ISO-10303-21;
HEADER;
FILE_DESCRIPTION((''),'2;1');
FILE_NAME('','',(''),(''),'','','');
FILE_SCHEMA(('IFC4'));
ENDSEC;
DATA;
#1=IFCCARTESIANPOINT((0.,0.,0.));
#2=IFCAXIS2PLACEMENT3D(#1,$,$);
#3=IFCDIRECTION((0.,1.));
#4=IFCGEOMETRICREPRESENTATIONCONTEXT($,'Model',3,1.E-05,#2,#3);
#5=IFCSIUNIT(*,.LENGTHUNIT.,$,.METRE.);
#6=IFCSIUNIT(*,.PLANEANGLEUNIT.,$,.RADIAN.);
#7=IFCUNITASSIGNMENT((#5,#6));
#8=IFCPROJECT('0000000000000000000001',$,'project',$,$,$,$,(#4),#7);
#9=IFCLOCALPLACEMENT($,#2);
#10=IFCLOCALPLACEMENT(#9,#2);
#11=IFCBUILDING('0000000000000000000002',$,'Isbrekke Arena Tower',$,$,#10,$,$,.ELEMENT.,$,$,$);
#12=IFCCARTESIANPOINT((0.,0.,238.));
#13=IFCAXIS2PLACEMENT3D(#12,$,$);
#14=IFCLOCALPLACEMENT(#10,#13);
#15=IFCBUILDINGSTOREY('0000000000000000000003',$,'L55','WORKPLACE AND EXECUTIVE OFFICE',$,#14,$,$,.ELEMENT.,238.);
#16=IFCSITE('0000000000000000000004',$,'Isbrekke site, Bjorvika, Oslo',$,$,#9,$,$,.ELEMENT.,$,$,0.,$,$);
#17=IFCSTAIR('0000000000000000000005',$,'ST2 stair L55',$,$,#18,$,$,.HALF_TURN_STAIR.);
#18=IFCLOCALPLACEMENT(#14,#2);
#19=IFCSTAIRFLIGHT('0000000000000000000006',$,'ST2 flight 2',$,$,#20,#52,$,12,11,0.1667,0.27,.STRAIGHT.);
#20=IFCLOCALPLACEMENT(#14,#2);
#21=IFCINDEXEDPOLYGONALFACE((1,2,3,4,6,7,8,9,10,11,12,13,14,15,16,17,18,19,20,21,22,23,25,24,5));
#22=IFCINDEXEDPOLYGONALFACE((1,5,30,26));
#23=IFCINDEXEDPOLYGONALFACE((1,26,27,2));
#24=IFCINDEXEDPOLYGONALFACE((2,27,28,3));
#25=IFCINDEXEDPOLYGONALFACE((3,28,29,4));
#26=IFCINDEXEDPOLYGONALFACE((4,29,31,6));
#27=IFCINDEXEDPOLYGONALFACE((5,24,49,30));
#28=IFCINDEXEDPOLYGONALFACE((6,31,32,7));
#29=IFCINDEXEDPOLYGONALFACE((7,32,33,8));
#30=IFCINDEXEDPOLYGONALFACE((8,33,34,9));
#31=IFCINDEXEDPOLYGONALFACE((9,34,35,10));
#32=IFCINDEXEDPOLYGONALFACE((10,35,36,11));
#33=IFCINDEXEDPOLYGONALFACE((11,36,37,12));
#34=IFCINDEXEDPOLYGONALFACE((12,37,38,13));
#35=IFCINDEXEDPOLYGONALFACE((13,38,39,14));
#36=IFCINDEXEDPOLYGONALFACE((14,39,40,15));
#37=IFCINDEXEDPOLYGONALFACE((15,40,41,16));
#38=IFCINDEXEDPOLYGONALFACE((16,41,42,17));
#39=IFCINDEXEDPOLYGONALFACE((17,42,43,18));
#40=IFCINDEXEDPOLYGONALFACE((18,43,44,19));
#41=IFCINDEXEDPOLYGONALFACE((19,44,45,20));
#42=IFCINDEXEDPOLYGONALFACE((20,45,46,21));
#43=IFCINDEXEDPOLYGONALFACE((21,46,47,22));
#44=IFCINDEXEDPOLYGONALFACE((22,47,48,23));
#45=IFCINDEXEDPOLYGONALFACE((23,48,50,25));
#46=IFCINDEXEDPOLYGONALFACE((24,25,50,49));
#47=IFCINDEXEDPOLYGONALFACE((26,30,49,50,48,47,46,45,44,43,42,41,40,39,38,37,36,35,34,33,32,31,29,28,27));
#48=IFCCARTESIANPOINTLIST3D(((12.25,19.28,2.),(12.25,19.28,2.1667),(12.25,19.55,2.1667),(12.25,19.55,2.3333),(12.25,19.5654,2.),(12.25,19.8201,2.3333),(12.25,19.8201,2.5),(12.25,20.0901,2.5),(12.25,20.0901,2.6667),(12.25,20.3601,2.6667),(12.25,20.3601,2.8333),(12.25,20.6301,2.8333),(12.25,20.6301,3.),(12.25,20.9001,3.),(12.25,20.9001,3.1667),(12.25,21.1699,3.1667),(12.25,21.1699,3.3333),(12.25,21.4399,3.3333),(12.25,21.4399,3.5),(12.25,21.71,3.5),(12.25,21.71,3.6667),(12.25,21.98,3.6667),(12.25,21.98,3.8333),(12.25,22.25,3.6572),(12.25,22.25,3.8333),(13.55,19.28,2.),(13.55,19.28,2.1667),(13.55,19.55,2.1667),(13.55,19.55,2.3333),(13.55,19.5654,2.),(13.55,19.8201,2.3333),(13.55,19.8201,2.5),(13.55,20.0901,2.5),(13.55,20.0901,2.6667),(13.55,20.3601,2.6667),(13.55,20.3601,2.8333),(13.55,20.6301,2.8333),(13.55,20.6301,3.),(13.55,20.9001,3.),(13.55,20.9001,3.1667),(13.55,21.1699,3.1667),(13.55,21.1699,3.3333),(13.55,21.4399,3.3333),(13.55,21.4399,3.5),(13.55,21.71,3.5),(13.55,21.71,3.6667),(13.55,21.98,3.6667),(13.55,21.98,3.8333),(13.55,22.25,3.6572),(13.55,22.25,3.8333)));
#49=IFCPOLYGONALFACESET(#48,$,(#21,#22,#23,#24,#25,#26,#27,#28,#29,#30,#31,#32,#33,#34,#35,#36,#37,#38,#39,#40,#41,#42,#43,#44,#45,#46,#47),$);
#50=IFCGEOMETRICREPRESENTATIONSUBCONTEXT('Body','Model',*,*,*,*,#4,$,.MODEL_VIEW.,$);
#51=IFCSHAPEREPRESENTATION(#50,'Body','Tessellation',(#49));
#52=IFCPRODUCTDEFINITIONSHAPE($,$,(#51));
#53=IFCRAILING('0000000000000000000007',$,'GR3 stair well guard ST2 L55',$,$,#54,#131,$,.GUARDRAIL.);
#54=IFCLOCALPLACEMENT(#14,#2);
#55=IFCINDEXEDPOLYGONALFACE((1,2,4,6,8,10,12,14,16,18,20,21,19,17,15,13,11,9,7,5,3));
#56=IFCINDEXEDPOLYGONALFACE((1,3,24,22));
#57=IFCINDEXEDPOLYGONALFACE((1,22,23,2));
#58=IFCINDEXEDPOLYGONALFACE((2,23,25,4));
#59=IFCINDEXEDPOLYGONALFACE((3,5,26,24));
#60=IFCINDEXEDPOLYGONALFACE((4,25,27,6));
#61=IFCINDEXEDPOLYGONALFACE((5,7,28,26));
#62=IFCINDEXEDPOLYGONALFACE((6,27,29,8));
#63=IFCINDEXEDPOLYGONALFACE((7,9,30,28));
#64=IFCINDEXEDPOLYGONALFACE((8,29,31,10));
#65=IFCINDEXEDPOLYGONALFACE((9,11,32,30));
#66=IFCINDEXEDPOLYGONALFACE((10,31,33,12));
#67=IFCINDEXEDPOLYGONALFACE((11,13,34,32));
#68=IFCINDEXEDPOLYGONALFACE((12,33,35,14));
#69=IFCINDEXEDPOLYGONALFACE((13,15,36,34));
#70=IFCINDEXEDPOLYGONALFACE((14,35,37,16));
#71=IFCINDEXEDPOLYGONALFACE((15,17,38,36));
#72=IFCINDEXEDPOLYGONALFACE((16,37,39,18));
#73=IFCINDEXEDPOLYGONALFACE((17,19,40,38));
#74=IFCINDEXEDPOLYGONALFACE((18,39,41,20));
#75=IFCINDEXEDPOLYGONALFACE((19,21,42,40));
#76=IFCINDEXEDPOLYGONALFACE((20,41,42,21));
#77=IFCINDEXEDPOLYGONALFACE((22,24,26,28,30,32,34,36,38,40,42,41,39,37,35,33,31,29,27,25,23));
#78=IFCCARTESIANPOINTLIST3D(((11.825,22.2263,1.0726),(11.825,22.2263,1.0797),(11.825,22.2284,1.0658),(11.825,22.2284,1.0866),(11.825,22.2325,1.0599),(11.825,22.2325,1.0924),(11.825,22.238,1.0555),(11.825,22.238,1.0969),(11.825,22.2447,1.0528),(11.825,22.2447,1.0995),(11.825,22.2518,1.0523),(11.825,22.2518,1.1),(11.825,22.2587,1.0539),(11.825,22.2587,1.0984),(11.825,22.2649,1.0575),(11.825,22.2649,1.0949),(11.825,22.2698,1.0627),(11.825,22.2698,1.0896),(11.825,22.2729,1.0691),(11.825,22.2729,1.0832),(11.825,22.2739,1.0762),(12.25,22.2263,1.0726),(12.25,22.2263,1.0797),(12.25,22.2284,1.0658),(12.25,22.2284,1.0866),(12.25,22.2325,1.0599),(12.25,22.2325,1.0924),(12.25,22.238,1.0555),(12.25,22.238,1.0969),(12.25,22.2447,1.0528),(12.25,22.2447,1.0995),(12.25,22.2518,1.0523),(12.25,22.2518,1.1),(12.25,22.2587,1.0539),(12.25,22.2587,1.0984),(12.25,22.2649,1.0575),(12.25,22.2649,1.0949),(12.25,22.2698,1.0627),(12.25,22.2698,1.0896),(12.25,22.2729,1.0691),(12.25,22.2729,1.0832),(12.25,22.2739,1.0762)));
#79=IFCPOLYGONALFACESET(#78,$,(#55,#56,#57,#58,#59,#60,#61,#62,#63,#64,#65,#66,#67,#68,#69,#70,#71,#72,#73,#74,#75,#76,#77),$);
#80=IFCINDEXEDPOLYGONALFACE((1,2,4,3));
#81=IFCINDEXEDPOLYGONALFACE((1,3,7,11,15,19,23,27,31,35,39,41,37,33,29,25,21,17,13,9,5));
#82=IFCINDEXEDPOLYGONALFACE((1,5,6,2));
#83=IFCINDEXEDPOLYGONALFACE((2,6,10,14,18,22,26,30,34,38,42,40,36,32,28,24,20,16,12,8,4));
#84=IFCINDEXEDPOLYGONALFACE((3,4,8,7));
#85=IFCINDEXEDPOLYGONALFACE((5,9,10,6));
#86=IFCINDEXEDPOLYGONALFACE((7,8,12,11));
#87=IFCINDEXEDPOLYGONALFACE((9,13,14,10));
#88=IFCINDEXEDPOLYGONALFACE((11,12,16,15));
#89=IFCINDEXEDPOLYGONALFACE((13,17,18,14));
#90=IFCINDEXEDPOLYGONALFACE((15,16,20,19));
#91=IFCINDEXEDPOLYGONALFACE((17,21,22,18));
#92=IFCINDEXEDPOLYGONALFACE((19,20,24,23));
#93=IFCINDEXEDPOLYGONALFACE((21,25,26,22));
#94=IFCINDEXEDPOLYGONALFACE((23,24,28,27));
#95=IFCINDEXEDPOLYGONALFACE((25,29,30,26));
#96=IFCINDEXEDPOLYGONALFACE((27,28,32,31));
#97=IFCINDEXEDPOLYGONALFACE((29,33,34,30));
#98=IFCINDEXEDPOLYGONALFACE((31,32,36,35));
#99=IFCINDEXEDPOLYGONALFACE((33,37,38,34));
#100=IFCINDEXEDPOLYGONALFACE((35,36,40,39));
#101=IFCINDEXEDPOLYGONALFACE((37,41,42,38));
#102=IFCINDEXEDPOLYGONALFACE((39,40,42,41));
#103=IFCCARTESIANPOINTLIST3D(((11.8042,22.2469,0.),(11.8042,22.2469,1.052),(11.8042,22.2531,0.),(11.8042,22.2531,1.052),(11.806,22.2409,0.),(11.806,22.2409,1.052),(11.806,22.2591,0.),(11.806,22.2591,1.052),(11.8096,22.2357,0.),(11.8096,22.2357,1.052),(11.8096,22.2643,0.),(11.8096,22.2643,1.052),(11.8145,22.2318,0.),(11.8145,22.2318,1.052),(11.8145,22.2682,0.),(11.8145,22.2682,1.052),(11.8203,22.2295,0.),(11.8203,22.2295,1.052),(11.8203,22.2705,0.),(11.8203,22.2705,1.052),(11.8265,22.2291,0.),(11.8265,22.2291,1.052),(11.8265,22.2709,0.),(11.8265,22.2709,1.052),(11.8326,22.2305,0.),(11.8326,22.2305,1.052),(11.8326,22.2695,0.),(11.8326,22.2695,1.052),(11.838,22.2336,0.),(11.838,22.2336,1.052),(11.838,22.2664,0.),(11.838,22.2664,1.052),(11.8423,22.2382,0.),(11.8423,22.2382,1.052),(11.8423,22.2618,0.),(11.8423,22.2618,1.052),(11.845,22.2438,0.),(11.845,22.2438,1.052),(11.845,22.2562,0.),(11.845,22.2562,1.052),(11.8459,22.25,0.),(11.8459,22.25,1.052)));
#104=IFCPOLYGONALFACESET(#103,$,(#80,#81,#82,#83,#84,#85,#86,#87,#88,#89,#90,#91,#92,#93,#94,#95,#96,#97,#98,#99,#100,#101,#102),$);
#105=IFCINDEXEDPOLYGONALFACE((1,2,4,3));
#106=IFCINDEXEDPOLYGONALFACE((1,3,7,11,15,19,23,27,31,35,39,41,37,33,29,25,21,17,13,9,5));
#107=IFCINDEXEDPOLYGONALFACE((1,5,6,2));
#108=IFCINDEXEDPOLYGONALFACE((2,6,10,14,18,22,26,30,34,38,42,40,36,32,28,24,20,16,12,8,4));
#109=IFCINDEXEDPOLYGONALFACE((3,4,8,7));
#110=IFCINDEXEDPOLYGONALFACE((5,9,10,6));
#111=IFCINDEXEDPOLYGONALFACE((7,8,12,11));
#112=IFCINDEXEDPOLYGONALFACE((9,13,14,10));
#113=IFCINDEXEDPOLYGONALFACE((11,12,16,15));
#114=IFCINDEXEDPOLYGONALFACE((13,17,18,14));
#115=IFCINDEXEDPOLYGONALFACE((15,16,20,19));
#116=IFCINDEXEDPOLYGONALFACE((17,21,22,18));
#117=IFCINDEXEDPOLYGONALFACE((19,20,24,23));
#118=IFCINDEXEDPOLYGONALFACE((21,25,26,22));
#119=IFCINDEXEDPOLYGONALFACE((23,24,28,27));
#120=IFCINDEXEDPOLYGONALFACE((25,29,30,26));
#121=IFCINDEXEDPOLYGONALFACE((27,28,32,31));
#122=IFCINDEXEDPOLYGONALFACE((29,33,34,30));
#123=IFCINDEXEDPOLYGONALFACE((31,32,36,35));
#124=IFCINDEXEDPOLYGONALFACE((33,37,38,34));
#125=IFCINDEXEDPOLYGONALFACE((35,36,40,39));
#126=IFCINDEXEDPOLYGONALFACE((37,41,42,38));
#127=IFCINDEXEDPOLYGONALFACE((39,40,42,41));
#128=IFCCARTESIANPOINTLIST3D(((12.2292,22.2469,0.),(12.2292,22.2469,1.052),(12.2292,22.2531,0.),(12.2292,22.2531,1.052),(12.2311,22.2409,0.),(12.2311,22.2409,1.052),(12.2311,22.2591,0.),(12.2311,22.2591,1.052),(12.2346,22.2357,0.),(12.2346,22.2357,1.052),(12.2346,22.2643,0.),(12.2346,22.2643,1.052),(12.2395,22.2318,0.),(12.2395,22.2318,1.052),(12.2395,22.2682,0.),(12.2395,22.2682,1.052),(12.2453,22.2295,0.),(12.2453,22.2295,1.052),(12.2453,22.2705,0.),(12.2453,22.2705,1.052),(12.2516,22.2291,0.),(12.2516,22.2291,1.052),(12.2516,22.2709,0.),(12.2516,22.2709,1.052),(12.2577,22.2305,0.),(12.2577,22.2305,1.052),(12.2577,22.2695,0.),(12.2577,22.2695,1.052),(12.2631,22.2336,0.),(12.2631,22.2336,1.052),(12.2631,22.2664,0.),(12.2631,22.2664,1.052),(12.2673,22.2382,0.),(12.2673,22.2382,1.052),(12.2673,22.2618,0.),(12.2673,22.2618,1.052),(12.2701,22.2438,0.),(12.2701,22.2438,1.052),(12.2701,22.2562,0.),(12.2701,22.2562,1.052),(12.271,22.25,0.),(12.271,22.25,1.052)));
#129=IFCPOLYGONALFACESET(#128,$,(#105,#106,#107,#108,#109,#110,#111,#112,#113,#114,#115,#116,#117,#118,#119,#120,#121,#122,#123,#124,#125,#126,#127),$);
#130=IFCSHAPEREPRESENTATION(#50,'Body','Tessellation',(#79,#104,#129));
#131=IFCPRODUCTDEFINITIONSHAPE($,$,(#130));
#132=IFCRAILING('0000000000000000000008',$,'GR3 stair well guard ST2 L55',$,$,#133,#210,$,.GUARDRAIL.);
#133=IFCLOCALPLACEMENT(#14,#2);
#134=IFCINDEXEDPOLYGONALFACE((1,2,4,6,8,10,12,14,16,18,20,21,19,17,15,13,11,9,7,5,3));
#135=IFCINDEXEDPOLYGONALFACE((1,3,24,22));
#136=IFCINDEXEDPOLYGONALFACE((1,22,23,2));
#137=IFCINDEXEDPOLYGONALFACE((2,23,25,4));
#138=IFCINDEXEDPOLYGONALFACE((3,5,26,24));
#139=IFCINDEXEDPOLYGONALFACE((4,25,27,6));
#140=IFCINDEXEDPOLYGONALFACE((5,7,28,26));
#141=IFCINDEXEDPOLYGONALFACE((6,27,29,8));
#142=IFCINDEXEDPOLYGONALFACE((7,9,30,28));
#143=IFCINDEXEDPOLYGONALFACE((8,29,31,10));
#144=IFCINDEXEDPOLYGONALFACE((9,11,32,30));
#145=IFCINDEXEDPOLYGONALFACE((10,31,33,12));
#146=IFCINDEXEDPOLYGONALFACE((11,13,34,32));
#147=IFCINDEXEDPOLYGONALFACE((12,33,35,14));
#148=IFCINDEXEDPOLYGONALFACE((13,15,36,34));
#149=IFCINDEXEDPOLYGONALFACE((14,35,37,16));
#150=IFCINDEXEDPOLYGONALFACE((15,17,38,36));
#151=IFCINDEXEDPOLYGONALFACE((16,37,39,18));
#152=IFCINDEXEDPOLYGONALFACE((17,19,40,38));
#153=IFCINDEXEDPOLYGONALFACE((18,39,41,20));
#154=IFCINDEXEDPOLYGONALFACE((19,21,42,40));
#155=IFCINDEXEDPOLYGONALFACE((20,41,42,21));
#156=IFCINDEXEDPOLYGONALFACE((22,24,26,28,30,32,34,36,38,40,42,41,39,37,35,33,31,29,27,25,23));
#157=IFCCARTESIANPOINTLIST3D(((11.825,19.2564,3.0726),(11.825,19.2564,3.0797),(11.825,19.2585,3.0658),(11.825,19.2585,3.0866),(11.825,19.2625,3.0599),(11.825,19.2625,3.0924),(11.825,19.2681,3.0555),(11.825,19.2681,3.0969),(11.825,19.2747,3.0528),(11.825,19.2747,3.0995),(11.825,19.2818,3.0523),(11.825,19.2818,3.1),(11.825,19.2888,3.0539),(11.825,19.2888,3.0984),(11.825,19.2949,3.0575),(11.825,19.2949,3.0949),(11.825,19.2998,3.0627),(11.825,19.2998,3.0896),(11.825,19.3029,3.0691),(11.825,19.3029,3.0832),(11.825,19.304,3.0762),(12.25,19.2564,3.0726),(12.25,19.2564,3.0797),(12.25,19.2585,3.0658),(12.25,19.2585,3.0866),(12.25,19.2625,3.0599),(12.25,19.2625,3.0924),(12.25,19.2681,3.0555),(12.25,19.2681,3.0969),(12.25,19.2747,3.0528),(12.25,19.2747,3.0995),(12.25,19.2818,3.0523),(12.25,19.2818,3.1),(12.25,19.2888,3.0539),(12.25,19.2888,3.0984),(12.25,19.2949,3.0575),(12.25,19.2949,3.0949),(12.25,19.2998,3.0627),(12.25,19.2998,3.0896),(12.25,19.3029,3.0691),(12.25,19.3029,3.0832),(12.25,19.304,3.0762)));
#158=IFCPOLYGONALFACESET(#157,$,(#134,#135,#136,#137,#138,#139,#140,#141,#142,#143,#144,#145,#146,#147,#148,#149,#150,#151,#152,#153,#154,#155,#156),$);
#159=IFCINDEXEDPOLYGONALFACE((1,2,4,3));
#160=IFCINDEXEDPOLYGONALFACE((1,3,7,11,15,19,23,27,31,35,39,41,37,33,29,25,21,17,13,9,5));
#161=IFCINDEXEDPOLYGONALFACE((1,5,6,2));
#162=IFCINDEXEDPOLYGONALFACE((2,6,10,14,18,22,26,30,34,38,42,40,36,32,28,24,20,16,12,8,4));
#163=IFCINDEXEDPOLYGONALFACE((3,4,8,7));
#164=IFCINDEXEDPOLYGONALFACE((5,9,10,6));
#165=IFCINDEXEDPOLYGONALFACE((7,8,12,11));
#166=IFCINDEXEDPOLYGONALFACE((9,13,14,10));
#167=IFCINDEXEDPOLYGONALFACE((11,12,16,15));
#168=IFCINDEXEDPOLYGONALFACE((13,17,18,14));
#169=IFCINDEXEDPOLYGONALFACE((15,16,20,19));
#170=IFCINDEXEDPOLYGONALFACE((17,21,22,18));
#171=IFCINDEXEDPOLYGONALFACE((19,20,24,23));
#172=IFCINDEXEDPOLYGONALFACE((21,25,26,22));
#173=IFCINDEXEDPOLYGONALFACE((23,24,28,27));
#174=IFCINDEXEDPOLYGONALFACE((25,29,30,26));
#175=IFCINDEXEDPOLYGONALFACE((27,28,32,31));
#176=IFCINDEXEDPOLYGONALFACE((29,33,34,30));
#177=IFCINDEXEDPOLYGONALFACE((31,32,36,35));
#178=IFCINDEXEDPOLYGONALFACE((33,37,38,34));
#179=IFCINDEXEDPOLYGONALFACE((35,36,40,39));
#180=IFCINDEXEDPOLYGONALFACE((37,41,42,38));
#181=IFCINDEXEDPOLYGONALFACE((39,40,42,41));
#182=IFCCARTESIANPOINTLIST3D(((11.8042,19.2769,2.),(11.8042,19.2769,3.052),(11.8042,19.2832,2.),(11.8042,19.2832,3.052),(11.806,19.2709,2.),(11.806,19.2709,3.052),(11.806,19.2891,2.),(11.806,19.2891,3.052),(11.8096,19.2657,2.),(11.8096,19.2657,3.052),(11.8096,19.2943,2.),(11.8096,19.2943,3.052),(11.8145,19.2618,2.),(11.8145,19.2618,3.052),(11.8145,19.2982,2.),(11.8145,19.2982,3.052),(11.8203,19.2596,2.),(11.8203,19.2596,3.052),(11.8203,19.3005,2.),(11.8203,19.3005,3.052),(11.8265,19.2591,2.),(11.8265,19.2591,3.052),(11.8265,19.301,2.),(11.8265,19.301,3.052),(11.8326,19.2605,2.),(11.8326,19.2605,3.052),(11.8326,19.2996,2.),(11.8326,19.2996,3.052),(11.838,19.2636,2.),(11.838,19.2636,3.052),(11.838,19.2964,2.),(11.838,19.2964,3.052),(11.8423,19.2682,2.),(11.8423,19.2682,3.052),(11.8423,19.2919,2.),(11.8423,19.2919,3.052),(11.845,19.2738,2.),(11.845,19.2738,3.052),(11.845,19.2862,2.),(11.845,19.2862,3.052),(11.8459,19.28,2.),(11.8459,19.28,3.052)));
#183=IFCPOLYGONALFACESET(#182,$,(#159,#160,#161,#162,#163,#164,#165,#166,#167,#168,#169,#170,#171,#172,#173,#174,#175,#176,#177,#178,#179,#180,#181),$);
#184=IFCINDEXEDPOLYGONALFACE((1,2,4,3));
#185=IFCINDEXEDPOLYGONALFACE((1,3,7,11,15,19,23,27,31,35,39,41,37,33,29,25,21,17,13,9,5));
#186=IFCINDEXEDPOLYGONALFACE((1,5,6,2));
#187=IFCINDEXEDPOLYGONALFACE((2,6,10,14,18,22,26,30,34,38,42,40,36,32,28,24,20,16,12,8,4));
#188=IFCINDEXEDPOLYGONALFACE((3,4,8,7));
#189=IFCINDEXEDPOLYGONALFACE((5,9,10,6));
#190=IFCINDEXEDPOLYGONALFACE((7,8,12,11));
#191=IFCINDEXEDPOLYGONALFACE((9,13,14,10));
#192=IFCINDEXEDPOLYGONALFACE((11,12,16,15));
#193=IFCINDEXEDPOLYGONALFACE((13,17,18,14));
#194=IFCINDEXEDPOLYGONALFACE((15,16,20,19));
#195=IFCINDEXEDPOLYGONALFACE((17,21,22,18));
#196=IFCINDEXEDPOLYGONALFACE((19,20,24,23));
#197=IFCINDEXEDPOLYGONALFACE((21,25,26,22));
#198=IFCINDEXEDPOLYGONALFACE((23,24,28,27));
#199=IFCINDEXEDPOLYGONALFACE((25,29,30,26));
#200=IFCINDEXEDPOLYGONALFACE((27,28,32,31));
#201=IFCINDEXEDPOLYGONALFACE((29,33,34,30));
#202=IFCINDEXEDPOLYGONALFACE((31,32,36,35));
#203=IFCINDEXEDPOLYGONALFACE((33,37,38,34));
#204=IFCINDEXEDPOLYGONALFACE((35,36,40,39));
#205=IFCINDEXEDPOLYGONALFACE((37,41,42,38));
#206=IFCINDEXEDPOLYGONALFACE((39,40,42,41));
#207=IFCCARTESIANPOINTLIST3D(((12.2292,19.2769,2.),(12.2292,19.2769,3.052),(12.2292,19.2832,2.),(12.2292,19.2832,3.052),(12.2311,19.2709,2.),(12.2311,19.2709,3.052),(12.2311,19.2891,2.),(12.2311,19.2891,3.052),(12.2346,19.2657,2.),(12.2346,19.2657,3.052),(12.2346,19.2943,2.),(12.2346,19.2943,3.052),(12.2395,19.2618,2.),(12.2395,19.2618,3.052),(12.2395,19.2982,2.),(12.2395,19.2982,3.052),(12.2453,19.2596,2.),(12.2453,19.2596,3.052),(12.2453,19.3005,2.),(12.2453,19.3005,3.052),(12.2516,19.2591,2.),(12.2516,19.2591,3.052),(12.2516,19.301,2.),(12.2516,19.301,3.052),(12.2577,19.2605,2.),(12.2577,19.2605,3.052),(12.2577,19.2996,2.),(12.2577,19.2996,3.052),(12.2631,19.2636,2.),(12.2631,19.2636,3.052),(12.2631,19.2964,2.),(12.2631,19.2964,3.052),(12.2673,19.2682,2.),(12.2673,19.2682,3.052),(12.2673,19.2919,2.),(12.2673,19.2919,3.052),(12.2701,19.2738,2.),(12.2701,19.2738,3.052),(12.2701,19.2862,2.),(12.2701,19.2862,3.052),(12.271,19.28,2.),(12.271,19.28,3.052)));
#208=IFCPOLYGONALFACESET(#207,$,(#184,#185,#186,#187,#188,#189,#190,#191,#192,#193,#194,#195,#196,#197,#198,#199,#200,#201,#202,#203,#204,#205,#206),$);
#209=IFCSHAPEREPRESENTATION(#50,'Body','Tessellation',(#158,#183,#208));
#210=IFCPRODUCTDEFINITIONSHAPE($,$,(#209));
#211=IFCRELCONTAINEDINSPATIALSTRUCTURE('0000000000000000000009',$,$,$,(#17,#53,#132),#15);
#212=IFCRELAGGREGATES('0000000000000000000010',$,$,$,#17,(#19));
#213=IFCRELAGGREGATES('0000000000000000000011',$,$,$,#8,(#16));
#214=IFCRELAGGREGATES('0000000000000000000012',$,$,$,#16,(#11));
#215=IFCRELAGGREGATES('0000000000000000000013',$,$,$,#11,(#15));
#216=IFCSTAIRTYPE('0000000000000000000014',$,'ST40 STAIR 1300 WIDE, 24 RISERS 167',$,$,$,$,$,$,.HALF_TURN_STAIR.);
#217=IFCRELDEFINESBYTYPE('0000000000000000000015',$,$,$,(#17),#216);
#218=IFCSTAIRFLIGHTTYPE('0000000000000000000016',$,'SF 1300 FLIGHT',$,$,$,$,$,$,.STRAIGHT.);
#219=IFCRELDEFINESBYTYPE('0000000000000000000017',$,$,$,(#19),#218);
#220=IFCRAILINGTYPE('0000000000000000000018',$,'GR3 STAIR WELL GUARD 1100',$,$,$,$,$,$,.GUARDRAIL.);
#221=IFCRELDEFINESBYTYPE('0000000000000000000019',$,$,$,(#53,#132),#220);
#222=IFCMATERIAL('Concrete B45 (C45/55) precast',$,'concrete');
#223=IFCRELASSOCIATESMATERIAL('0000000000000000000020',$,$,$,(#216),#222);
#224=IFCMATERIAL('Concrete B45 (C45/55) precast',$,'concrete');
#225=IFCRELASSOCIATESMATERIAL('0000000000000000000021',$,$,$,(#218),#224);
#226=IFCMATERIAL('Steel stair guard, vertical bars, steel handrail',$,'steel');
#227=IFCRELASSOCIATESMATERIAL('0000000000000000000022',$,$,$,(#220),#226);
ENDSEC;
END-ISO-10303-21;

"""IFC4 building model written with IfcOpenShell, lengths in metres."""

from ifc_helpers import new_model, si_unit, direction, frame, origin, origin_2d, place, context, subcontext, project, spatial, polyline, circle, outline, extrude, material, type_object, element, aggregate, save


model = new_model("IFC4")

# Units and contexts
model_context = context("Model", 3, precision=1e-05, world=origin(), true_north=direction((0.0, 1.0)))
body_context = subcontext(model_context, "Body", "Model", "MODEL_VIEW")
ifc_project = project(units=[si_unit("LENGTHUNIT", "METRE"), si_unit("PLANEANGLEUNIT", "RADIAN")], contexts=[model_context])

# Site, building, storey
site_placement = place(None, origin())
site = spatial("IfcSite", under=ifc_project, at=site_placement, Name="Isbrekke site, Bjorvika, Oslo", CompositionType="ELEMENT", RefElevation=0.0)
building_placement = place(site_placement, origin())
building = spatial("IfcBuilding", under=site, at=building_placement, Name="Isbrekke Arena Tower", CompositionType="ELEMENT")
storey_placement = place(building_placement, frame((0.0, 0.0, 238.0)))
storey = spatial("IfcBuildingStorey", under=building, at=storey_placement, Name="L55", Description="WORKPLACE AND EXECUTIVE OFFICE", CompositionType="ELEMENT", Elevation=238.0)

# Stair, stair flight
ifc_material_1 = material(Name="Concrete B45 (C45/55) precast", Category="concrete")
stair_type = type_object("IfcStairType", Name="ST40 STAIR 1300 WIDE, 24 RISERS 167", PredefinedType="HALF_TURN_STAIR", material=ifc_material_1)
stair_placement = place(storey_placement, origin())
stair = element("IfcStair", 1, at=stair_placement, inside=storey, type_object=stair_type, Name="ST2 stair L55", PredefinedType="HALF_TURN_STAIR")
ifc_material_2 = material(Name="Concrete B45 (C45/55) precast", Category="concrete")
stair_flight_type = type_object("IfcStairFlightType", Name="SF 1300 FLIGHT", PredefinedType="STRAIGHT", material=ifc_material_2)
stair_flight_1_placement = place(storey_placement, frame((12.8999, 19.28, 2.0), z_axis=(0.0, 0.0, 1.0), x_axis=(0.0, 1.0, 0.0)))
stair_flight_1 = element("IfcStairFlight", 2, at=stair_flight_1_placement, type_object=stair_flight_type, Name="ST2 flight 2", NumberOfRisers=12, NumberOfTreads=11, PredefinedType="STRAIGHT", RiserHeight=0.1667, TreadLength=0.27, context=body_context, shape_type="SweptSolid", body=[
    extrude(outline(polyline([(0.0, 0.0), (0.0, 0.1667), (0.27, 0.1667), (0.27, 0.3333), (0.54, 0.3333), (0.54, 0.5), (0.8101, 0.5), (0.8101, 0.6667), (1.0801, 0.6667), (1.0801, 0.8333), (1.3501, 0.8333), (1.3501, 1.0), (1.6201, 1.0), (1.6201, 1.1667), (1.8899, 1.1667), (1.8899, 1.3333), (2.1599, 1.3333), (2.1599, 1.5), (2.4299, 1.5), (2.4299, 1.6667), (2.7, 1.6667), (2.7, 1.8333), (2.97, 1.8333), (2.97, 2.0), (2.97, 1.6572), (0.2854, 0.0), (0.0, 0.0)])), frame((0.0, 0.6499, 0.0), z_axis=(0.0, -1.0, 0.0), x_axis=(1.0, 0.0, 0.0)), (0.0, 0.0, 1.0), 1.3),
])
aggregate(stair, [stair_flight_1])

# Railings
ifc_material_3 = material(Name="Steel stair guard, vertical bars, steel handrail", Category="steel")
railing_type = type_object("IfcRailingType", Name="GR3 STAIR WELL GUARD 1100", PredefinedType="GUARDRAIL", material=ifc_material_3)
for number, where, name in (
    (3, (11.825, 22.25, 0.0), "GR3 stair well guard ST2 L55"),
    (4, (11.825, 19.28, 2.0), "GR3 stair well guard ST2 L55"),
):
    element("IfcRailing", number, at=place(storey_placement, frame(where)), inside=storey, type_object=railing_type, Name=name, PredefinedType="GUARDRAIL", context=body_context, shape_type="SweptSolid", body=[
        extrude(circle(Radius=0.0239, at=origin_2d()), frame((0.0, 0.0, 1.0762), z_axis=(1.0, 0.0, 0.0), x_axis=(0.0, 1.0, 0.0)), (0.0, 0.0, 1.0), 0.425),
        extrude(circle(Radius=0.021, at=origin_2d()), origin(), (0.0, 0.0, 1.0), 1.052),
        extrude(circle(Radius=0.021, at=origin_2d()), frame((0.425, 0.0, 0.0)), (0.0, 0.0, 1.0), 1.052),
    ])

save(model, "model.ifc")
